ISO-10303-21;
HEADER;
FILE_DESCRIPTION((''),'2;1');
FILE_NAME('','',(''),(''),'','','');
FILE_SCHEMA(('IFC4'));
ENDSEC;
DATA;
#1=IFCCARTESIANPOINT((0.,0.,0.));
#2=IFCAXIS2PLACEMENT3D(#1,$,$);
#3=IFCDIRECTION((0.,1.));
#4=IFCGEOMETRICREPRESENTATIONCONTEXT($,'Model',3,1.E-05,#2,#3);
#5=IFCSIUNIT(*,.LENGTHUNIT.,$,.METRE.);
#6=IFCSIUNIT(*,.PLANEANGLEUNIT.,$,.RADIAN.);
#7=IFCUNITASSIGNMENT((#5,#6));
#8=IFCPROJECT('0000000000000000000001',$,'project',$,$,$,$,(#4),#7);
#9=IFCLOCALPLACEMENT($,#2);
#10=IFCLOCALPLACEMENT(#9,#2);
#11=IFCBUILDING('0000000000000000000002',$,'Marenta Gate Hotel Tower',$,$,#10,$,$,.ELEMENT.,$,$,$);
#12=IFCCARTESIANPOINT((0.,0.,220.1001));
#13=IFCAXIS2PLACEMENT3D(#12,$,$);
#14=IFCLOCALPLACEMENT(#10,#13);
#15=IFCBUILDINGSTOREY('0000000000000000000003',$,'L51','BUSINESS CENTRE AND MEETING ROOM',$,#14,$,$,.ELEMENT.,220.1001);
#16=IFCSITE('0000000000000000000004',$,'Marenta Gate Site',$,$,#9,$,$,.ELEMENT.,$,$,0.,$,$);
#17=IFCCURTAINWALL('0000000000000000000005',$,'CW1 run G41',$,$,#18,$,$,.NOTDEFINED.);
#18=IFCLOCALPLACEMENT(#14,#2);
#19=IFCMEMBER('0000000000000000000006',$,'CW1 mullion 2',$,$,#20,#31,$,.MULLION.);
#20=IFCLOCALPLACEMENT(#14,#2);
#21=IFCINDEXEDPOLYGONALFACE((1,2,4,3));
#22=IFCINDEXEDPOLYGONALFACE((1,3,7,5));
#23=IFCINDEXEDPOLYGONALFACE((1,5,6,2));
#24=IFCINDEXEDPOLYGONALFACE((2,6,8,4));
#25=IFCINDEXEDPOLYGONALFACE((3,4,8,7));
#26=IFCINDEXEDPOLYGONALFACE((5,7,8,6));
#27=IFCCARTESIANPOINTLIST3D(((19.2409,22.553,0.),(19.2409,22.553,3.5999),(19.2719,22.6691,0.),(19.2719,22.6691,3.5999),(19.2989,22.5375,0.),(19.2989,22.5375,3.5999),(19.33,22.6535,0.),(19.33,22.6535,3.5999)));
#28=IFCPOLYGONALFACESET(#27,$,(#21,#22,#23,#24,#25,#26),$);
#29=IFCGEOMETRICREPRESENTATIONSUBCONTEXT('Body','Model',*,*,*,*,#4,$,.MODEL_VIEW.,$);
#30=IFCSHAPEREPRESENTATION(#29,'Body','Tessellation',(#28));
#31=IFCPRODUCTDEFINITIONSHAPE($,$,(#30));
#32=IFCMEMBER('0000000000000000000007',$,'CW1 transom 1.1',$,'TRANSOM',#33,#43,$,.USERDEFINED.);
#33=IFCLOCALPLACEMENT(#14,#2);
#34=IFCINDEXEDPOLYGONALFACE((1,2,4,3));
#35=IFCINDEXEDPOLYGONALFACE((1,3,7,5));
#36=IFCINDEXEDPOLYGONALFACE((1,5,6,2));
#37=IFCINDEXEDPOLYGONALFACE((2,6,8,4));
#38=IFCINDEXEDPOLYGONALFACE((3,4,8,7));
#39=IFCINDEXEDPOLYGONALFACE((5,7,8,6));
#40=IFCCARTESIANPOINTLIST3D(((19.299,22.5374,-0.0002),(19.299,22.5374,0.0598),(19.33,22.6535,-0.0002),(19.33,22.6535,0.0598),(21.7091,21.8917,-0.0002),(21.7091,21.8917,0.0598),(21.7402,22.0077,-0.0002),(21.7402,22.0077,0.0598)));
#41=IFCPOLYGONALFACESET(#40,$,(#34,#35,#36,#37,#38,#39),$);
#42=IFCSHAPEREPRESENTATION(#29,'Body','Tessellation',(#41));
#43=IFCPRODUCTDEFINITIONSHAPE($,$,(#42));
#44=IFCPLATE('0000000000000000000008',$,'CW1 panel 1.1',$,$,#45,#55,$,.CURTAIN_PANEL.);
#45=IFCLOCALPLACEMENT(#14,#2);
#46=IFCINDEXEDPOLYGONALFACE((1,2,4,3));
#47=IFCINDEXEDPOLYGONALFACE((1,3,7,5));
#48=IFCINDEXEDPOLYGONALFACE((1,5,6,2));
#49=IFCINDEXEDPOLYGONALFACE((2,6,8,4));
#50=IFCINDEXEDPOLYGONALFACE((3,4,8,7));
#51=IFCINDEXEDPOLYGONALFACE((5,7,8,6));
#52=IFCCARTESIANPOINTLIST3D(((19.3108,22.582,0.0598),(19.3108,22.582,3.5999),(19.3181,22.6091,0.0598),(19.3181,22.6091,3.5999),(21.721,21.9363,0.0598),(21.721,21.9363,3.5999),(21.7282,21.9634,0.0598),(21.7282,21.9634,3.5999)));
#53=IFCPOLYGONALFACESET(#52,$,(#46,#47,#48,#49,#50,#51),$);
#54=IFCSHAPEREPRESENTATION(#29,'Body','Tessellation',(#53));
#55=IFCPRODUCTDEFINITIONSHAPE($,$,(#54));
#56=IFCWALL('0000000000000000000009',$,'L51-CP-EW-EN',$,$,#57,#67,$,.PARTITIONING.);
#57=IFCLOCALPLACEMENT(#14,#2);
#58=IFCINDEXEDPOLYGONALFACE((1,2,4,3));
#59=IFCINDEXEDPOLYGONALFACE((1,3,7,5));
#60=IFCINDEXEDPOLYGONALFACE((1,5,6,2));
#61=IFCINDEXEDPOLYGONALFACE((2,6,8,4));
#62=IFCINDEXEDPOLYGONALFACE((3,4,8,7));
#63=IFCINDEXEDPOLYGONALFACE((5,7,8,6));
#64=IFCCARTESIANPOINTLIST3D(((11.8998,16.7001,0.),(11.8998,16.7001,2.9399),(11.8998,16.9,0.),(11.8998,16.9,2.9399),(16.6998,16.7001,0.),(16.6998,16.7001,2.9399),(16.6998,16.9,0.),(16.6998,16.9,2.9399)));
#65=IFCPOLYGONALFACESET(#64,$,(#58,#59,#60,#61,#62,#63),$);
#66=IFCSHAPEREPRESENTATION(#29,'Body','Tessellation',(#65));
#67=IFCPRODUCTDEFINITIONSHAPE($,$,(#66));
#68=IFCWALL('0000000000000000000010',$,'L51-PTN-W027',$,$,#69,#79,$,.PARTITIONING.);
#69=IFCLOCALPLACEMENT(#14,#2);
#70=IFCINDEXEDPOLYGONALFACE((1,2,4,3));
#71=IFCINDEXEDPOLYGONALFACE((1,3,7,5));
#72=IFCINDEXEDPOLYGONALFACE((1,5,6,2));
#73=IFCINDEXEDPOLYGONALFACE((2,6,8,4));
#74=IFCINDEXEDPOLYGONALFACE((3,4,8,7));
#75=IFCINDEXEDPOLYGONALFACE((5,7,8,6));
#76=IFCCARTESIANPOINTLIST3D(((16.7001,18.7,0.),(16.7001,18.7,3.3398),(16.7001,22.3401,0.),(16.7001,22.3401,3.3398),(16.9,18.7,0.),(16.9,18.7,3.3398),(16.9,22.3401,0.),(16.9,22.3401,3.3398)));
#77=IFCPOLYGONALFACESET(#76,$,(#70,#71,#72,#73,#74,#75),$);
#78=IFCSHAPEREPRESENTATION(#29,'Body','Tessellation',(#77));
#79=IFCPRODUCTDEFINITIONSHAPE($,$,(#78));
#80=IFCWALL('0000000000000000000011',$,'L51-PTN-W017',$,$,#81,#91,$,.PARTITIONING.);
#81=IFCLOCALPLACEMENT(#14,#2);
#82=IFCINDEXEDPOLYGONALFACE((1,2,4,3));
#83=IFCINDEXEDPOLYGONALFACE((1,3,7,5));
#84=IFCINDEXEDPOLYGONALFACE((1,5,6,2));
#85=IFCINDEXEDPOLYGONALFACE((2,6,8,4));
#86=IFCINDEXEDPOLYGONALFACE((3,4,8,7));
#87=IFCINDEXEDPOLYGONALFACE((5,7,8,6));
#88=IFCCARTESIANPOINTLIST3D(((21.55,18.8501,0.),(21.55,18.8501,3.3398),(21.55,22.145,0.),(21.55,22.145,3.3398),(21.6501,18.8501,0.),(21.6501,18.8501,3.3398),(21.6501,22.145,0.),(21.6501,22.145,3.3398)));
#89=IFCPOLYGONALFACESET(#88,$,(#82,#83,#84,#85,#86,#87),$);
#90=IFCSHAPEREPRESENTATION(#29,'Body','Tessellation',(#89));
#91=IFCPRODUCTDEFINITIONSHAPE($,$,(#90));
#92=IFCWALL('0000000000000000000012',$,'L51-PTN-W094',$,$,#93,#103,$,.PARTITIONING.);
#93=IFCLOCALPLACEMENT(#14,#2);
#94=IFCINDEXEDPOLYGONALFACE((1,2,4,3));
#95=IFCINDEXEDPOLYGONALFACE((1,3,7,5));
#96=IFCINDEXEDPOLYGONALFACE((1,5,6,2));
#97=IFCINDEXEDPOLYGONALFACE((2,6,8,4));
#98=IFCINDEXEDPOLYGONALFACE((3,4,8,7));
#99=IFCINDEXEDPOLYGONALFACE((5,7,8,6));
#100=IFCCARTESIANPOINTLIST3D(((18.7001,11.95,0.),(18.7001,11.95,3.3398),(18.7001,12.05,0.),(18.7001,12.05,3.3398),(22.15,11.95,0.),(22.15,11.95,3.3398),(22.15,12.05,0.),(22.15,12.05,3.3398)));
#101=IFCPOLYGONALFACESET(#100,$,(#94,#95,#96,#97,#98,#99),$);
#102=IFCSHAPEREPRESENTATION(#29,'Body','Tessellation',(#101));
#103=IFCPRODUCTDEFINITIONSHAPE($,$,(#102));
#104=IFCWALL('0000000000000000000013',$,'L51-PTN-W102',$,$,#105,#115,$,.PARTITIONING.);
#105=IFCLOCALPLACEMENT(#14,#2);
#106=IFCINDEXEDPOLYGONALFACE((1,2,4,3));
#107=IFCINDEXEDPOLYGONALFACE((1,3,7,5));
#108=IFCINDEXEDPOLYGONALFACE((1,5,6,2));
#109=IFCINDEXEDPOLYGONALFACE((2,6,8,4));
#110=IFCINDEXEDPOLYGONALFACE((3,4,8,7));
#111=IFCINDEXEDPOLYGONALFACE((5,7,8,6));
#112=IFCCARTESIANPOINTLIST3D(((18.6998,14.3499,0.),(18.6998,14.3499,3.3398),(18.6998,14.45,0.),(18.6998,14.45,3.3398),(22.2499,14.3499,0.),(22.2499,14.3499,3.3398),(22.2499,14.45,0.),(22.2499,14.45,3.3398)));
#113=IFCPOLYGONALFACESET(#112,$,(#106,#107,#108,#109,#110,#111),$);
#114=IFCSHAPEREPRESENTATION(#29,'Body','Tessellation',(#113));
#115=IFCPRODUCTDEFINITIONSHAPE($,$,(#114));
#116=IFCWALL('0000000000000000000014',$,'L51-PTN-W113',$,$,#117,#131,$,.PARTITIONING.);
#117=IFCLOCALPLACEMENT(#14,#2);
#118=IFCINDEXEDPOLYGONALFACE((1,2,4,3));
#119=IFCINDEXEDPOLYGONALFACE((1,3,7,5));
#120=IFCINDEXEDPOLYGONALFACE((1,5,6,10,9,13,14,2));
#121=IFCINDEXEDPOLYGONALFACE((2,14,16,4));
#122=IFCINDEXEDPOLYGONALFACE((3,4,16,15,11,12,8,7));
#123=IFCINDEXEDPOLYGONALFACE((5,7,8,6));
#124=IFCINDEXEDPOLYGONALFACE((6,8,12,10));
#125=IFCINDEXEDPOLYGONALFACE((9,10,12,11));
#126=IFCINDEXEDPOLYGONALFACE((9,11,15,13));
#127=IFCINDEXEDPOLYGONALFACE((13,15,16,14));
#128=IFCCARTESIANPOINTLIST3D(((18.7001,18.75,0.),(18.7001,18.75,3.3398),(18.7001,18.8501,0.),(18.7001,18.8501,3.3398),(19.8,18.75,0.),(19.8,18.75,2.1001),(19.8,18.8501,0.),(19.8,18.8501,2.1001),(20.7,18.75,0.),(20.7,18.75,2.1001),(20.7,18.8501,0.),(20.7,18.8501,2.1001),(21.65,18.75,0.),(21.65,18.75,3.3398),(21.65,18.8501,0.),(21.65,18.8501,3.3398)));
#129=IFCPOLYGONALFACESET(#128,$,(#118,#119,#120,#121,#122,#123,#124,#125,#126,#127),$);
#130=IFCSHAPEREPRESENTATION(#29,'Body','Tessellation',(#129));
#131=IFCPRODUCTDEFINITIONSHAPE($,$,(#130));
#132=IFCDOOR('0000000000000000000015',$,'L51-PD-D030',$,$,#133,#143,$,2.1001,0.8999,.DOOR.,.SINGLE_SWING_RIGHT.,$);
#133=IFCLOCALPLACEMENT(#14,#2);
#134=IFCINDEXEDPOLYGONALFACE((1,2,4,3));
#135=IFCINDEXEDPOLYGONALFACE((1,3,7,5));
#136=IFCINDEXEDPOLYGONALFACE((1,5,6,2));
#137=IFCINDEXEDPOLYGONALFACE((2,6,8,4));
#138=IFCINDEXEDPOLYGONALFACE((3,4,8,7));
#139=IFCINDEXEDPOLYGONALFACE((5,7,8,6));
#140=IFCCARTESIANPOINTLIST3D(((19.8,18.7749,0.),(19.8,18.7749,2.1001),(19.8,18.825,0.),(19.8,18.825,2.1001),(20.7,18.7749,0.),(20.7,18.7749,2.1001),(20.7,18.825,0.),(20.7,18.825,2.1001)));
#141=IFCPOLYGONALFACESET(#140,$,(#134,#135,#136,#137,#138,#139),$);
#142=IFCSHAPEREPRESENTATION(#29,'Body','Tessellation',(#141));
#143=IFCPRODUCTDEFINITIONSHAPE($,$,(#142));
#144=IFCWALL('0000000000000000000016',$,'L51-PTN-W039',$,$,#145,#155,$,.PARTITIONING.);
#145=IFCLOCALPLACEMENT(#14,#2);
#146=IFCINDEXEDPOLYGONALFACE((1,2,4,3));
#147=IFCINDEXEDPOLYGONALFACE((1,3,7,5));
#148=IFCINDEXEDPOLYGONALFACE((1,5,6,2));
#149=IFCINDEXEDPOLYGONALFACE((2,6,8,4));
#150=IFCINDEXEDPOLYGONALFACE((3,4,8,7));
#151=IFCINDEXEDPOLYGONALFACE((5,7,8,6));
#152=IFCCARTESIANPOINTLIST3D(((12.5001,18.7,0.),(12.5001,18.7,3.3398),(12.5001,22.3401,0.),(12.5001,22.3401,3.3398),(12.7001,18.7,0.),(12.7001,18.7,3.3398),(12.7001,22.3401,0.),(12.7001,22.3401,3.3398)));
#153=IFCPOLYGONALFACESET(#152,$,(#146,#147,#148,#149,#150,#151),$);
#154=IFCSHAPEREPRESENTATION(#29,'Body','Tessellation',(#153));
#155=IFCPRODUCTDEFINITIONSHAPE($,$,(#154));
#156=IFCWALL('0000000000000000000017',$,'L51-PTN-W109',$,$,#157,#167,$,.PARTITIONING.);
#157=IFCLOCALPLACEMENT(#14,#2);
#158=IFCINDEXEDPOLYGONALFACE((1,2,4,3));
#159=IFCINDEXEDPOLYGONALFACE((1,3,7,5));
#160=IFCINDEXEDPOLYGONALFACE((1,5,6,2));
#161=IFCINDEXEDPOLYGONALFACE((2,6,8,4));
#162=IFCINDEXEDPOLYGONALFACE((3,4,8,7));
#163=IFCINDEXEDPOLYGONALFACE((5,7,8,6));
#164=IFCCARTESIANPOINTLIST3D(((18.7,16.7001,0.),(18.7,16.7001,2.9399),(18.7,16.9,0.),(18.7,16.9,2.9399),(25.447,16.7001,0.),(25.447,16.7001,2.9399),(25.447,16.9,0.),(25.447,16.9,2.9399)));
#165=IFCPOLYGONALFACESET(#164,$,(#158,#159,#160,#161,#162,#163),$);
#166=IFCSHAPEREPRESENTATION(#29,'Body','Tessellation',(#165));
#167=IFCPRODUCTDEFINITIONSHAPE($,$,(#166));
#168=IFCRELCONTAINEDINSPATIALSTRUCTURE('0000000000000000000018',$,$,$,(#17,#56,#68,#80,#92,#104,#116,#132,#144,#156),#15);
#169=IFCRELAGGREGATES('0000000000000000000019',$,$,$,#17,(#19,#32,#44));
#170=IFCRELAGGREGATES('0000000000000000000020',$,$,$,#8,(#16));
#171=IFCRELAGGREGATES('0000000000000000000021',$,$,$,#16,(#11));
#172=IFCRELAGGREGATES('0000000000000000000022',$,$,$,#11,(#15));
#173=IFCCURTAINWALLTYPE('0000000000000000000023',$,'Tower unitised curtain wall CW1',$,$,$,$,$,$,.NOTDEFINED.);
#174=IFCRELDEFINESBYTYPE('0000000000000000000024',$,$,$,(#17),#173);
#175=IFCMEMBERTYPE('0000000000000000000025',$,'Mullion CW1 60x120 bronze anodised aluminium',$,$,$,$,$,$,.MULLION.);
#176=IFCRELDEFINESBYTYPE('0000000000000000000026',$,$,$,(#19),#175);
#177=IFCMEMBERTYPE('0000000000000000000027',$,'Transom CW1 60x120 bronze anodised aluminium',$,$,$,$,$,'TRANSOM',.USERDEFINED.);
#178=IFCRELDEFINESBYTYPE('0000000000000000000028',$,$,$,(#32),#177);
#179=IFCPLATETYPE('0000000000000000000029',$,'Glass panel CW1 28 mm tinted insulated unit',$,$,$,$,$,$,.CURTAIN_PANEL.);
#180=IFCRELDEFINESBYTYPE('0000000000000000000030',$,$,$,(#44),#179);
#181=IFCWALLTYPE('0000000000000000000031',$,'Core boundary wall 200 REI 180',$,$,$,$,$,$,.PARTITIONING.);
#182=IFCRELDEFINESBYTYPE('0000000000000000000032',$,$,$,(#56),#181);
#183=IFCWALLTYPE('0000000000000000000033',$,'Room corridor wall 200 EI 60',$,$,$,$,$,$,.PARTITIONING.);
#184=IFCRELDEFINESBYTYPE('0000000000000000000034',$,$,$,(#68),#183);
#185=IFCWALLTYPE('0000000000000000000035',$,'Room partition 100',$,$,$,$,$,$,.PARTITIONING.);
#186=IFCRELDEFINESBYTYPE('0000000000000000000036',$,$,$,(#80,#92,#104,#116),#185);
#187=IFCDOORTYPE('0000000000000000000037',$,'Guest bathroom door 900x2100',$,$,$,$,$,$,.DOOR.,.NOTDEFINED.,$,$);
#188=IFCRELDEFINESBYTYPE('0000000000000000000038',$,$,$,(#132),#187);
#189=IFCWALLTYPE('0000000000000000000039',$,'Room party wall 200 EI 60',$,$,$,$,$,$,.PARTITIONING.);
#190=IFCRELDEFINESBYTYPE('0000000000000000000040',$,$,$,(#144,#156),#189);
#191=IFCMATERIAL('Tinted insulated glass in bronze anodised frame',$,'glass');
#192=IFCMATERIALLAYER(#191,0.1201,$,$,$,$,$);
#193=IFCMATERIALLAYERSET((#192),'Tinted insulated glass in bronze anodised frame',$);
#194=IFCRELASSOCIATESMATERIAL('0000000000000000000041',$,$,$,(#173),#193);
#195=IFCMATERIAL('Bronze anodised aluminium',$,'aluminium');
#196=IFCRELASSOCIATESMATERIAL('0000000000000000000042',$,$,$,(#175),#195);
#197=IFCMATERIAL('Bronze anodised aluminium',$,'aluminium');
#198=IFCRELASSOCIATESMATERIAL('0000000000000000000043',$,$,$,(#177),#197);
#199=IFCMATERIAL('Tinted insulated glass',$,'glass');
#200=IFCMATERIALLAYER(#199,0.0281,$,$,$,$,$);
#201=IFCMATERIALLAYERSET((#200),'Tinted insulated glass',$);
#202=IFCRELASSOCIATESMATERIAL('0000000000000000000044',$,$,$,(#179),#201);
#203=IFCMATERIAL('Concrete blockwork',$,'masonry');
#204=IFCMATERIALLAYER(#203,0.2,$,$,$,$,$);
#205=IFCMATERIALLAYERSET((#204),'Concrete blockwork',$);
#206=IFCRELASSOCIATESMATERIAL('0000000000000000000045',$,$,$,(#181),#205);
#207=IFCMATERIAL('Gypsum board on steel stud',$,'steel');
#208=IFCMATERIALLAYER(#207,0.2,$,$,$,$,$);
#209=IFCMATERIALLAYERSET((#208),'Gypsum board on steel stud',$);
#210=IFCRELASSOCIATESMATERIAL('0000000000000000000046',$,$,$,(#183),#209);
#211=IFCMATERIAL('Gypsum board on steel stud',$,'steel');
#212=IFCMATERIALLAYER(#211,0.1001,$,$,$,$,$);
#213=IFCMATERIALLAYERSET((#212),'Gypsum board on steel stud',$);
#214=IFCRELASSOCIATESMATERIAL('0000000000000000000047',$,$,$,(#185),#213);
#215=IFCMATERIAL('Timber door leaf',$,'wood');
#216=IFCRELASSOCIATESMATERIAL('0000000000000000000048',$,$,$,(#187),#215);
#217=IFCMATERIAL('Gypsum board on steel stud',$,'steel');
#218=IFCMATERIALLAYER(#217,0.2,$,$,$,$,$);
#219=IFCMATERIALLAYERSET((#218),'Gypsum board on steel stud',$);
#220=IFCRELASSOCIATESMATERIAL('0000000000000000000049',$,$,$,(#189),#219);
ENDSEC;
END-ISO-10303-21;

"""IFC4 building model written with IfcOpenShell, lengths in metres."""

from ifc_helpers import new_model, si_unit, direction, frame, frame_2d, origin, origin_2d, place, context, subcontext, project, spatial, rectangle, extrude, material, layer, layer_set, material_profile, profile_set, type_object, element, fill, aggregate, save


model = new_model("IFC4")

# Units and contexts
model_context = context("Model", 3, precision=1e-05, world=origin(), true_north=direction((0.0, 1.0)))
body_context = subcontext(model_context, "Body", "Model", "MODEL_VIEW")
ifc_project = project(units=[si_unit("LENGTHUNIT", "METRE"), si_unit("PLANEANGLEUNIT", "RADIAN")], contexts=[model_context])

# Site, building, storey
site_placement = place(None, origin())
site = spatial("IfcSite", under=ifc_project, at=site_placement, Name="Marenta Gate Site", CompositionType="ELEMENT", RefElevation=0.0)
building_placement = place(site_placement, origin())
building = spatial("IfcBuilding", under=site, at=building_placement, Name="Marenta Gate Hotel Tower", CompositionType="ELEMENT")
storey_placement = place(building_placement, frame((0.0, 0.0, 220.1001)))
storey = spatial("IfcBuildingStorey", under=building, at=storey_placement, Name="L51", Description="BUSINESS CENTRE AND MEETING ROOM", CompositionType="ELEMENT", Elevation=220.1001)

# Curtain wall, members, plate
ifc_material_1 = material(Name="Tinted insulated glass in bronze anodised frame", Category="glass")
ifc_layer_1 = layer(ifc_material_1, 0.1201)
ifc_layer_set_1 = layer_set([ifc_layer_1], Name="Tinted insulated glass in bronze anodised frame")
curtain_wall_type = type_object("IfcCurtainWallType", Name="Tower unitised curtain wall CW1", PredefinedType="NOTDEFINED", material=ifc_layer_set_1)
curtain_wall_placement = place(storey_placement, origin())
curtain_wall = element("IfcCurtainWall", 1, at=curtain_wall_placement, inside=storey, type_object=curtain_wall_type, Name="CW1 run G41", PredefinedType="NOTDEFINED")
ifc_material_2 = material(Name="Bronze anodised aluminium", Category="aluminium")
ifc_material_profile_1 = material_profile(ifc_material_2, rectangle(XDim=0.1201, YDim=0.0601, at=origin_2d()), Name="Mullion CW1 60x120 bronze anodised aluminium")
ifc_profile_set_1 = profile_set([ifc_material_profile_1], Name="Bronze anodised aluminium")
member_type_1 = type_object("IfcMemberType", Name="Mullion CW1 60x120 bronze anodised aluminium", PredefinedType="MULLION", material=ifc_profile_set_1)
member_1_placement = place(storey_placement, frame((19.2854, 22.6033, 0.0), z_axis=(0.0, 0.0, 1.0), x_axis=(-0.258805, -0.96593, 0.0)))
member_1 = element("IfcMember", 2, at=member_1_placement, type_object=member_type_1, Name="CW1 mullion 2", PredefinedType="MULLION", context=body_context, shape_type="SweptSolid", body=[
    extrude(rectangle(XDim=0.1201, YDim=0.0601, at=origin_2d()), origin(), (0.0, 0.0, 1.0), 3.5999),
])
ifc_material_3 = material(Name="Bronze anodised aluminium", Category="aluminium")
ifc_material_profile_2 = material_profile(ifc_material_3, rectangle(XDim=0.1201, YDim=0.0601, at=origin_2d()), Name="Transom CW1 60x120 bronze anodised aluminium")
ifc_profile_set_2 = profile_set([ifc_material_profile_2], Name="Bronze anodised aluminium")
member_type_2 = type_object("IfcMemberType", Name="Transom CW1 60x120 bronze anodised aluminium", ElementType="TRANSOM", PredefinedType="USERDEFINED", material=ifc_profile_set_2)
member_2_placement = place(storey_placement, frame((21.7246, 21.9497, 0.0298), z_axis=(-0.965931, 0.258801, 0.0), x_axis=(-0.258801, -0.965931, 0.0)))
member_2 = element("IfcMember", 3, at=member_2_placement, type_object=member_type_2, Name="CW1 transom 1.1", ObjectType="TRANSOM", PredefinedType="USERDEFINED", context=body_context, shape_type="SweptSolid", body=[
    extrude(rectangle(XDim=0.1201, YDim=0.0601, at=origin_2d()), origin(), (0.0, 0.0, 1.0), 2.4951),
])
ifc_material_4 = material(Name="Tinted insulated glass", Category="glass")
ifc_layer_2 = layer(ifc_material_4, 0.0281)
ifc_layer_set_2 = layer_set([ifc_layer_2], Name="Tinted insulated glass")
plate_type = type_object("IfcPlateType", Name="Glass panel CW1 28 mm tinted insulated unit", PredefinedType="CURTAIN_PANEL", material=ifc_layer_set_2)
plate_placement = place(storey_placement, frame((20.5195, 22.2727, 0.0598), z_axis=(0.0, 0.0, 1.0), x_axis=(-0.96593, 0.258805, 0.0)))
plate = element("IfcPlate", 4, at=plate_placement, type_object=plate_type, Name="CW1 panel 1.1", PredefinedType="CURTAIN_PANEL", context=body_context, shape_type="SweptSolid", body=[
    extrude(rectangle(XDim=2.4951, YDim=0.0281, at=origin_2d()), origin(), (0.0, 0.0, 1.0), 3.54),
])
aggregate(curtain_wall, [member_1, member_2, plate])

# Walls
ifc_material_5 = material(Name="Concrete blockwork", Category="masonry")
ifc_layer_3 = layer(ifc_material_5, 0.2)
ifc_layer_set_3 = layer_set([ifc_layer_3], Name="Concrete blockwork")
wall_type_1 = type_object("IfcWallType", Name="Core boundary wall 200 REI 180", PredefinedType="PARTITIONING", material=ifc_layer_set_3)
wall_1_placement = place(storey_placement, frame((11.8999, 16.8, 0.0), z_axis=(0.0, 0.0, 1.0), x_axis=(1.0, 0.0, 0.0)))
element("IfcWall", 5, at=wall_1_placement, inside=storey, type_object=wall_type_1, Name="L51-CP-EW-EN", PredefinedType="PARTITIONING", context=body_context, shape_type="SweptSolid", body=[
    extrude(rectangle(XDim=4.8, YDim=0.2, at=frame_2d((2.3999, 0.0))), origin(), (0.0, 0.0, 1.0), 2.9399),
])
ifc_material_6 = material(Name="Gypsum board on steel stud", Category="steel")
ifc_layer_4 = layer(ifc_material_6, 0.2)
ifc_layer_set_4 = layer_set([ifc_layer_4], Name="Gypsum board on steel stud")
wall_type_2 = type_object("IfcWallType", Name="Room corridor wall 200 EI 60", PredefinedType="PARTITIONING", material=ifc_layer_set_4)
wall_2_placement = place(storey_placement, frame((16.8, 18.7, 0.0), z_axis=(0.0, 0.0, 1.0), x_axis=(0.0, 1.0, 0.0)))
element("IfcWall", 6, at=wall_2_placement, inside=storey, type_object=wall_type_2, Name="L51-PTN-W027", PredefinedType="PARTITIONING", context=body_context, shape_type="SweptSolid", body=[
    extrude(rectangle(XDim=3.6401, YDim=0.2, at=frame_2d((1.8201, 0.0))), origin(), (0.0, 0.0, 1.0), 3.3398),
])
ifc_material_7 = material(Name="Gypsum board on steel stud", Category="steel")
ifc_layer_5 = layer(ifc_material_7, 0.1001)
ifc_layer_set_5 = layer_set([ifc_layer_5], Name="Gypsum board on steel stud")
wall_type_3 = type_object("IfcWallType", Name="Room partition 100", PredefinedType="PARTITIONING", material=ifc_layer_set_5)
wall_3_placement = place(storey_placement, frame((21.6001, 18.8501, 0.0), z_axis=(0.0, 0.0, 1.0), x_axis=(0.0, 1.0, 0.0)))
element("IfcWall", 7, at=wall_3_placement, inside=storey, type_object=wall_type_3, Name="L51-PTN-W017", PredefinedType="PARTITIONING", context=body_context, shape_type="SweptSolid", body=[
    extrude(rectangle(XDim=3.2949, YDim=0.1001, at=frame_2d((1.6475, 0.0))), origin(), (0.0, 0.0, 1.0), 3.3398),
])
wall_4_placement = place(storey_placement, frame((18.7, 12.0, 0.0), z_axis=(0.0, 0.0, 1.0), x_axis=(1.0, 0.0, 0.0)))
element("IfcWall", 8, at=wall_4_placement, inside=storey, type_object=wall_type_3, Name="L51-PTN-W094", PredefinedType="PARTITIONING", context=body_context, shape_type="SweptSolid", body=[
    extrude(rectangle(XDim=3.45, YDim=0.1001, at=frame_2d((1.7251, 0.0))), origin(), (0.0, 0.0, 1.0), 3.3398),
])
wall_5_placement = place(storey_placement, frame((18.7, 14.3999, 0.0), z_axis=(0.0, 0.0, 1.0), x_axis=(1.0, 0.0, 0.0)))
element("IfcWall", 9, at=wall_5_placement, inside=storey, type_object=wall_type_3, Name="L51-PTN-W102", PredefinedType="PARTITIONING", context=body_context, shape_type="SweptSolid", body=[
    extrude(rectangle(XDim=3.55, YDim=0.1001, at=frame_2d((1.7749, 0.0))), origin(), (0.0, 0.0, 1.0), 3.3398),
])

# Wall, opening, door
wall_6_placement = place(storey_placement, frame((18.7, 18.8, 0.0), z_axis=(0.0, 0.0, 1.0), x_axis=(1.0, 0.0, 0.0)))
wall_6 = element("IfcWall", 10, at=wall_6_placement, inside=storey, type_object=wall_type_3, Name="L51-PTN-W113", PredefinedType="PARTITIONING", context=body_context, shape_type="SweptSolid", body=[
    extrude(rectangle(XDim=2.95, YDim=0.1001, at=frame_2d((1.4751, 0.0))), origin(), (0.0, 0.0, 1.0), 3.3398),
])
opening_1_placement = place(wall_6_placement, frame((1.1001, 0.0, 0.0)))
opening_1 = element("IfcOpeningElement", 11, at=opening_1_placement, cuts=wall_6, PredefinedType="OPENING", context=body_context, shape_type="SweptSolid", body=[
    extrude(rectangle(XDim=0.8999, YDim=2.1001, at=frame_2d((0.45, 1.05))), frame((0.0, 0.05, 0.0), z_axis=(0.0, -1.0, 0.0), x_axis=(1.0, 0.0, 0.0)), (0.0, 0.0, 1.0), 0.1001),
])
ifc_material_8 = material(Name="Timber door leaf", Category="wood")
door_type = type_object("IfcDoorType", Name="Guest bathroom door 900x2100", OperationType="NOTDEFINED", PredefinedType="DOOR", material=ifc_material_8)
door_placement = place(opening_1_placement, origin())
door = element("IfcDoor", 12, at=door_placement, inside=storey, type_object=door_type, Name="L51-PD-D030", OperationType="SINGLE_SWING_RIGHT", OverallHeight=2.1001, OverallWidth=0.8999, PredefinedType="DOOR", context=body_context, shape_type="SweptSolid", body=[
    extrude(rectangle(XDim=0.8999, YDim=2.1001, at=frame_2d((0.45, 1.05))), frame((0.0, 0.0249, 0.0), z_axis=(0.0, -1.0, 0.0), x_axis=(1.0, 0.0, 0.0)), (0.0, 0.0, 1.0), 0.05),
])
fill(opening_1, door)

# Walls
ifc_material_9 = material(Name="Gypsum board on steel stud", Category="steel")
ifc_layer_6 = layer(ifc_material_9, 0.2)
ifc_layer_set_6 = layer_set([ifc_layer_6], Name="Gypsum board on steel stud")
wall_type_4 = type_object("IfcWallType", Name="Room party wall 200 EI 60", PredefinedType="PARTITIONING", material=ifc_layer_set_6)
wall_7_placement = place(storey_placement, frame((12.6001, 18.7, 0.0), z_axis=(0.0, 0.0, 1.0), x_axis=(0.0, 1.0, 0.0)))
element("IfcWall", 13, at=wall_7_placement, inside=storey, type_object=wall_type_4, Name="L51-PTN-W039", PredefinedType="PARTITIONING", context=body_context, shape_type="SweptSolid", body=[
    extrude(rectangle(XDim=3.6401, YDim=0.2, at=frame_2d((1.8201, 0.0))), origin(), (0.0, 0.0, 1.0), 3.3398),
])
wall_8_placement = place(storey_placement, frame((18.7, 16.8, 0.0), z_axis=(0.0, 0.0, 1.0), x_axis=(1.0, 0.0, 0.0)))
element("IfcWall", 14, at=wall_8_placement, inside=storey, type_object=wall_type_4, Name="L51-PTN-W109", PredefinedType="PARTITIONING", context=body_context, shape_type="SweptSolid", body=[
    extrude(rectangle(XDim=6.7471, YDim=0.2, at=frame_2d((3.3735, 0.0))), origin(), (0.0, 0.0, 1.0), 2.9399),
])

save(model, "model.ifc")
